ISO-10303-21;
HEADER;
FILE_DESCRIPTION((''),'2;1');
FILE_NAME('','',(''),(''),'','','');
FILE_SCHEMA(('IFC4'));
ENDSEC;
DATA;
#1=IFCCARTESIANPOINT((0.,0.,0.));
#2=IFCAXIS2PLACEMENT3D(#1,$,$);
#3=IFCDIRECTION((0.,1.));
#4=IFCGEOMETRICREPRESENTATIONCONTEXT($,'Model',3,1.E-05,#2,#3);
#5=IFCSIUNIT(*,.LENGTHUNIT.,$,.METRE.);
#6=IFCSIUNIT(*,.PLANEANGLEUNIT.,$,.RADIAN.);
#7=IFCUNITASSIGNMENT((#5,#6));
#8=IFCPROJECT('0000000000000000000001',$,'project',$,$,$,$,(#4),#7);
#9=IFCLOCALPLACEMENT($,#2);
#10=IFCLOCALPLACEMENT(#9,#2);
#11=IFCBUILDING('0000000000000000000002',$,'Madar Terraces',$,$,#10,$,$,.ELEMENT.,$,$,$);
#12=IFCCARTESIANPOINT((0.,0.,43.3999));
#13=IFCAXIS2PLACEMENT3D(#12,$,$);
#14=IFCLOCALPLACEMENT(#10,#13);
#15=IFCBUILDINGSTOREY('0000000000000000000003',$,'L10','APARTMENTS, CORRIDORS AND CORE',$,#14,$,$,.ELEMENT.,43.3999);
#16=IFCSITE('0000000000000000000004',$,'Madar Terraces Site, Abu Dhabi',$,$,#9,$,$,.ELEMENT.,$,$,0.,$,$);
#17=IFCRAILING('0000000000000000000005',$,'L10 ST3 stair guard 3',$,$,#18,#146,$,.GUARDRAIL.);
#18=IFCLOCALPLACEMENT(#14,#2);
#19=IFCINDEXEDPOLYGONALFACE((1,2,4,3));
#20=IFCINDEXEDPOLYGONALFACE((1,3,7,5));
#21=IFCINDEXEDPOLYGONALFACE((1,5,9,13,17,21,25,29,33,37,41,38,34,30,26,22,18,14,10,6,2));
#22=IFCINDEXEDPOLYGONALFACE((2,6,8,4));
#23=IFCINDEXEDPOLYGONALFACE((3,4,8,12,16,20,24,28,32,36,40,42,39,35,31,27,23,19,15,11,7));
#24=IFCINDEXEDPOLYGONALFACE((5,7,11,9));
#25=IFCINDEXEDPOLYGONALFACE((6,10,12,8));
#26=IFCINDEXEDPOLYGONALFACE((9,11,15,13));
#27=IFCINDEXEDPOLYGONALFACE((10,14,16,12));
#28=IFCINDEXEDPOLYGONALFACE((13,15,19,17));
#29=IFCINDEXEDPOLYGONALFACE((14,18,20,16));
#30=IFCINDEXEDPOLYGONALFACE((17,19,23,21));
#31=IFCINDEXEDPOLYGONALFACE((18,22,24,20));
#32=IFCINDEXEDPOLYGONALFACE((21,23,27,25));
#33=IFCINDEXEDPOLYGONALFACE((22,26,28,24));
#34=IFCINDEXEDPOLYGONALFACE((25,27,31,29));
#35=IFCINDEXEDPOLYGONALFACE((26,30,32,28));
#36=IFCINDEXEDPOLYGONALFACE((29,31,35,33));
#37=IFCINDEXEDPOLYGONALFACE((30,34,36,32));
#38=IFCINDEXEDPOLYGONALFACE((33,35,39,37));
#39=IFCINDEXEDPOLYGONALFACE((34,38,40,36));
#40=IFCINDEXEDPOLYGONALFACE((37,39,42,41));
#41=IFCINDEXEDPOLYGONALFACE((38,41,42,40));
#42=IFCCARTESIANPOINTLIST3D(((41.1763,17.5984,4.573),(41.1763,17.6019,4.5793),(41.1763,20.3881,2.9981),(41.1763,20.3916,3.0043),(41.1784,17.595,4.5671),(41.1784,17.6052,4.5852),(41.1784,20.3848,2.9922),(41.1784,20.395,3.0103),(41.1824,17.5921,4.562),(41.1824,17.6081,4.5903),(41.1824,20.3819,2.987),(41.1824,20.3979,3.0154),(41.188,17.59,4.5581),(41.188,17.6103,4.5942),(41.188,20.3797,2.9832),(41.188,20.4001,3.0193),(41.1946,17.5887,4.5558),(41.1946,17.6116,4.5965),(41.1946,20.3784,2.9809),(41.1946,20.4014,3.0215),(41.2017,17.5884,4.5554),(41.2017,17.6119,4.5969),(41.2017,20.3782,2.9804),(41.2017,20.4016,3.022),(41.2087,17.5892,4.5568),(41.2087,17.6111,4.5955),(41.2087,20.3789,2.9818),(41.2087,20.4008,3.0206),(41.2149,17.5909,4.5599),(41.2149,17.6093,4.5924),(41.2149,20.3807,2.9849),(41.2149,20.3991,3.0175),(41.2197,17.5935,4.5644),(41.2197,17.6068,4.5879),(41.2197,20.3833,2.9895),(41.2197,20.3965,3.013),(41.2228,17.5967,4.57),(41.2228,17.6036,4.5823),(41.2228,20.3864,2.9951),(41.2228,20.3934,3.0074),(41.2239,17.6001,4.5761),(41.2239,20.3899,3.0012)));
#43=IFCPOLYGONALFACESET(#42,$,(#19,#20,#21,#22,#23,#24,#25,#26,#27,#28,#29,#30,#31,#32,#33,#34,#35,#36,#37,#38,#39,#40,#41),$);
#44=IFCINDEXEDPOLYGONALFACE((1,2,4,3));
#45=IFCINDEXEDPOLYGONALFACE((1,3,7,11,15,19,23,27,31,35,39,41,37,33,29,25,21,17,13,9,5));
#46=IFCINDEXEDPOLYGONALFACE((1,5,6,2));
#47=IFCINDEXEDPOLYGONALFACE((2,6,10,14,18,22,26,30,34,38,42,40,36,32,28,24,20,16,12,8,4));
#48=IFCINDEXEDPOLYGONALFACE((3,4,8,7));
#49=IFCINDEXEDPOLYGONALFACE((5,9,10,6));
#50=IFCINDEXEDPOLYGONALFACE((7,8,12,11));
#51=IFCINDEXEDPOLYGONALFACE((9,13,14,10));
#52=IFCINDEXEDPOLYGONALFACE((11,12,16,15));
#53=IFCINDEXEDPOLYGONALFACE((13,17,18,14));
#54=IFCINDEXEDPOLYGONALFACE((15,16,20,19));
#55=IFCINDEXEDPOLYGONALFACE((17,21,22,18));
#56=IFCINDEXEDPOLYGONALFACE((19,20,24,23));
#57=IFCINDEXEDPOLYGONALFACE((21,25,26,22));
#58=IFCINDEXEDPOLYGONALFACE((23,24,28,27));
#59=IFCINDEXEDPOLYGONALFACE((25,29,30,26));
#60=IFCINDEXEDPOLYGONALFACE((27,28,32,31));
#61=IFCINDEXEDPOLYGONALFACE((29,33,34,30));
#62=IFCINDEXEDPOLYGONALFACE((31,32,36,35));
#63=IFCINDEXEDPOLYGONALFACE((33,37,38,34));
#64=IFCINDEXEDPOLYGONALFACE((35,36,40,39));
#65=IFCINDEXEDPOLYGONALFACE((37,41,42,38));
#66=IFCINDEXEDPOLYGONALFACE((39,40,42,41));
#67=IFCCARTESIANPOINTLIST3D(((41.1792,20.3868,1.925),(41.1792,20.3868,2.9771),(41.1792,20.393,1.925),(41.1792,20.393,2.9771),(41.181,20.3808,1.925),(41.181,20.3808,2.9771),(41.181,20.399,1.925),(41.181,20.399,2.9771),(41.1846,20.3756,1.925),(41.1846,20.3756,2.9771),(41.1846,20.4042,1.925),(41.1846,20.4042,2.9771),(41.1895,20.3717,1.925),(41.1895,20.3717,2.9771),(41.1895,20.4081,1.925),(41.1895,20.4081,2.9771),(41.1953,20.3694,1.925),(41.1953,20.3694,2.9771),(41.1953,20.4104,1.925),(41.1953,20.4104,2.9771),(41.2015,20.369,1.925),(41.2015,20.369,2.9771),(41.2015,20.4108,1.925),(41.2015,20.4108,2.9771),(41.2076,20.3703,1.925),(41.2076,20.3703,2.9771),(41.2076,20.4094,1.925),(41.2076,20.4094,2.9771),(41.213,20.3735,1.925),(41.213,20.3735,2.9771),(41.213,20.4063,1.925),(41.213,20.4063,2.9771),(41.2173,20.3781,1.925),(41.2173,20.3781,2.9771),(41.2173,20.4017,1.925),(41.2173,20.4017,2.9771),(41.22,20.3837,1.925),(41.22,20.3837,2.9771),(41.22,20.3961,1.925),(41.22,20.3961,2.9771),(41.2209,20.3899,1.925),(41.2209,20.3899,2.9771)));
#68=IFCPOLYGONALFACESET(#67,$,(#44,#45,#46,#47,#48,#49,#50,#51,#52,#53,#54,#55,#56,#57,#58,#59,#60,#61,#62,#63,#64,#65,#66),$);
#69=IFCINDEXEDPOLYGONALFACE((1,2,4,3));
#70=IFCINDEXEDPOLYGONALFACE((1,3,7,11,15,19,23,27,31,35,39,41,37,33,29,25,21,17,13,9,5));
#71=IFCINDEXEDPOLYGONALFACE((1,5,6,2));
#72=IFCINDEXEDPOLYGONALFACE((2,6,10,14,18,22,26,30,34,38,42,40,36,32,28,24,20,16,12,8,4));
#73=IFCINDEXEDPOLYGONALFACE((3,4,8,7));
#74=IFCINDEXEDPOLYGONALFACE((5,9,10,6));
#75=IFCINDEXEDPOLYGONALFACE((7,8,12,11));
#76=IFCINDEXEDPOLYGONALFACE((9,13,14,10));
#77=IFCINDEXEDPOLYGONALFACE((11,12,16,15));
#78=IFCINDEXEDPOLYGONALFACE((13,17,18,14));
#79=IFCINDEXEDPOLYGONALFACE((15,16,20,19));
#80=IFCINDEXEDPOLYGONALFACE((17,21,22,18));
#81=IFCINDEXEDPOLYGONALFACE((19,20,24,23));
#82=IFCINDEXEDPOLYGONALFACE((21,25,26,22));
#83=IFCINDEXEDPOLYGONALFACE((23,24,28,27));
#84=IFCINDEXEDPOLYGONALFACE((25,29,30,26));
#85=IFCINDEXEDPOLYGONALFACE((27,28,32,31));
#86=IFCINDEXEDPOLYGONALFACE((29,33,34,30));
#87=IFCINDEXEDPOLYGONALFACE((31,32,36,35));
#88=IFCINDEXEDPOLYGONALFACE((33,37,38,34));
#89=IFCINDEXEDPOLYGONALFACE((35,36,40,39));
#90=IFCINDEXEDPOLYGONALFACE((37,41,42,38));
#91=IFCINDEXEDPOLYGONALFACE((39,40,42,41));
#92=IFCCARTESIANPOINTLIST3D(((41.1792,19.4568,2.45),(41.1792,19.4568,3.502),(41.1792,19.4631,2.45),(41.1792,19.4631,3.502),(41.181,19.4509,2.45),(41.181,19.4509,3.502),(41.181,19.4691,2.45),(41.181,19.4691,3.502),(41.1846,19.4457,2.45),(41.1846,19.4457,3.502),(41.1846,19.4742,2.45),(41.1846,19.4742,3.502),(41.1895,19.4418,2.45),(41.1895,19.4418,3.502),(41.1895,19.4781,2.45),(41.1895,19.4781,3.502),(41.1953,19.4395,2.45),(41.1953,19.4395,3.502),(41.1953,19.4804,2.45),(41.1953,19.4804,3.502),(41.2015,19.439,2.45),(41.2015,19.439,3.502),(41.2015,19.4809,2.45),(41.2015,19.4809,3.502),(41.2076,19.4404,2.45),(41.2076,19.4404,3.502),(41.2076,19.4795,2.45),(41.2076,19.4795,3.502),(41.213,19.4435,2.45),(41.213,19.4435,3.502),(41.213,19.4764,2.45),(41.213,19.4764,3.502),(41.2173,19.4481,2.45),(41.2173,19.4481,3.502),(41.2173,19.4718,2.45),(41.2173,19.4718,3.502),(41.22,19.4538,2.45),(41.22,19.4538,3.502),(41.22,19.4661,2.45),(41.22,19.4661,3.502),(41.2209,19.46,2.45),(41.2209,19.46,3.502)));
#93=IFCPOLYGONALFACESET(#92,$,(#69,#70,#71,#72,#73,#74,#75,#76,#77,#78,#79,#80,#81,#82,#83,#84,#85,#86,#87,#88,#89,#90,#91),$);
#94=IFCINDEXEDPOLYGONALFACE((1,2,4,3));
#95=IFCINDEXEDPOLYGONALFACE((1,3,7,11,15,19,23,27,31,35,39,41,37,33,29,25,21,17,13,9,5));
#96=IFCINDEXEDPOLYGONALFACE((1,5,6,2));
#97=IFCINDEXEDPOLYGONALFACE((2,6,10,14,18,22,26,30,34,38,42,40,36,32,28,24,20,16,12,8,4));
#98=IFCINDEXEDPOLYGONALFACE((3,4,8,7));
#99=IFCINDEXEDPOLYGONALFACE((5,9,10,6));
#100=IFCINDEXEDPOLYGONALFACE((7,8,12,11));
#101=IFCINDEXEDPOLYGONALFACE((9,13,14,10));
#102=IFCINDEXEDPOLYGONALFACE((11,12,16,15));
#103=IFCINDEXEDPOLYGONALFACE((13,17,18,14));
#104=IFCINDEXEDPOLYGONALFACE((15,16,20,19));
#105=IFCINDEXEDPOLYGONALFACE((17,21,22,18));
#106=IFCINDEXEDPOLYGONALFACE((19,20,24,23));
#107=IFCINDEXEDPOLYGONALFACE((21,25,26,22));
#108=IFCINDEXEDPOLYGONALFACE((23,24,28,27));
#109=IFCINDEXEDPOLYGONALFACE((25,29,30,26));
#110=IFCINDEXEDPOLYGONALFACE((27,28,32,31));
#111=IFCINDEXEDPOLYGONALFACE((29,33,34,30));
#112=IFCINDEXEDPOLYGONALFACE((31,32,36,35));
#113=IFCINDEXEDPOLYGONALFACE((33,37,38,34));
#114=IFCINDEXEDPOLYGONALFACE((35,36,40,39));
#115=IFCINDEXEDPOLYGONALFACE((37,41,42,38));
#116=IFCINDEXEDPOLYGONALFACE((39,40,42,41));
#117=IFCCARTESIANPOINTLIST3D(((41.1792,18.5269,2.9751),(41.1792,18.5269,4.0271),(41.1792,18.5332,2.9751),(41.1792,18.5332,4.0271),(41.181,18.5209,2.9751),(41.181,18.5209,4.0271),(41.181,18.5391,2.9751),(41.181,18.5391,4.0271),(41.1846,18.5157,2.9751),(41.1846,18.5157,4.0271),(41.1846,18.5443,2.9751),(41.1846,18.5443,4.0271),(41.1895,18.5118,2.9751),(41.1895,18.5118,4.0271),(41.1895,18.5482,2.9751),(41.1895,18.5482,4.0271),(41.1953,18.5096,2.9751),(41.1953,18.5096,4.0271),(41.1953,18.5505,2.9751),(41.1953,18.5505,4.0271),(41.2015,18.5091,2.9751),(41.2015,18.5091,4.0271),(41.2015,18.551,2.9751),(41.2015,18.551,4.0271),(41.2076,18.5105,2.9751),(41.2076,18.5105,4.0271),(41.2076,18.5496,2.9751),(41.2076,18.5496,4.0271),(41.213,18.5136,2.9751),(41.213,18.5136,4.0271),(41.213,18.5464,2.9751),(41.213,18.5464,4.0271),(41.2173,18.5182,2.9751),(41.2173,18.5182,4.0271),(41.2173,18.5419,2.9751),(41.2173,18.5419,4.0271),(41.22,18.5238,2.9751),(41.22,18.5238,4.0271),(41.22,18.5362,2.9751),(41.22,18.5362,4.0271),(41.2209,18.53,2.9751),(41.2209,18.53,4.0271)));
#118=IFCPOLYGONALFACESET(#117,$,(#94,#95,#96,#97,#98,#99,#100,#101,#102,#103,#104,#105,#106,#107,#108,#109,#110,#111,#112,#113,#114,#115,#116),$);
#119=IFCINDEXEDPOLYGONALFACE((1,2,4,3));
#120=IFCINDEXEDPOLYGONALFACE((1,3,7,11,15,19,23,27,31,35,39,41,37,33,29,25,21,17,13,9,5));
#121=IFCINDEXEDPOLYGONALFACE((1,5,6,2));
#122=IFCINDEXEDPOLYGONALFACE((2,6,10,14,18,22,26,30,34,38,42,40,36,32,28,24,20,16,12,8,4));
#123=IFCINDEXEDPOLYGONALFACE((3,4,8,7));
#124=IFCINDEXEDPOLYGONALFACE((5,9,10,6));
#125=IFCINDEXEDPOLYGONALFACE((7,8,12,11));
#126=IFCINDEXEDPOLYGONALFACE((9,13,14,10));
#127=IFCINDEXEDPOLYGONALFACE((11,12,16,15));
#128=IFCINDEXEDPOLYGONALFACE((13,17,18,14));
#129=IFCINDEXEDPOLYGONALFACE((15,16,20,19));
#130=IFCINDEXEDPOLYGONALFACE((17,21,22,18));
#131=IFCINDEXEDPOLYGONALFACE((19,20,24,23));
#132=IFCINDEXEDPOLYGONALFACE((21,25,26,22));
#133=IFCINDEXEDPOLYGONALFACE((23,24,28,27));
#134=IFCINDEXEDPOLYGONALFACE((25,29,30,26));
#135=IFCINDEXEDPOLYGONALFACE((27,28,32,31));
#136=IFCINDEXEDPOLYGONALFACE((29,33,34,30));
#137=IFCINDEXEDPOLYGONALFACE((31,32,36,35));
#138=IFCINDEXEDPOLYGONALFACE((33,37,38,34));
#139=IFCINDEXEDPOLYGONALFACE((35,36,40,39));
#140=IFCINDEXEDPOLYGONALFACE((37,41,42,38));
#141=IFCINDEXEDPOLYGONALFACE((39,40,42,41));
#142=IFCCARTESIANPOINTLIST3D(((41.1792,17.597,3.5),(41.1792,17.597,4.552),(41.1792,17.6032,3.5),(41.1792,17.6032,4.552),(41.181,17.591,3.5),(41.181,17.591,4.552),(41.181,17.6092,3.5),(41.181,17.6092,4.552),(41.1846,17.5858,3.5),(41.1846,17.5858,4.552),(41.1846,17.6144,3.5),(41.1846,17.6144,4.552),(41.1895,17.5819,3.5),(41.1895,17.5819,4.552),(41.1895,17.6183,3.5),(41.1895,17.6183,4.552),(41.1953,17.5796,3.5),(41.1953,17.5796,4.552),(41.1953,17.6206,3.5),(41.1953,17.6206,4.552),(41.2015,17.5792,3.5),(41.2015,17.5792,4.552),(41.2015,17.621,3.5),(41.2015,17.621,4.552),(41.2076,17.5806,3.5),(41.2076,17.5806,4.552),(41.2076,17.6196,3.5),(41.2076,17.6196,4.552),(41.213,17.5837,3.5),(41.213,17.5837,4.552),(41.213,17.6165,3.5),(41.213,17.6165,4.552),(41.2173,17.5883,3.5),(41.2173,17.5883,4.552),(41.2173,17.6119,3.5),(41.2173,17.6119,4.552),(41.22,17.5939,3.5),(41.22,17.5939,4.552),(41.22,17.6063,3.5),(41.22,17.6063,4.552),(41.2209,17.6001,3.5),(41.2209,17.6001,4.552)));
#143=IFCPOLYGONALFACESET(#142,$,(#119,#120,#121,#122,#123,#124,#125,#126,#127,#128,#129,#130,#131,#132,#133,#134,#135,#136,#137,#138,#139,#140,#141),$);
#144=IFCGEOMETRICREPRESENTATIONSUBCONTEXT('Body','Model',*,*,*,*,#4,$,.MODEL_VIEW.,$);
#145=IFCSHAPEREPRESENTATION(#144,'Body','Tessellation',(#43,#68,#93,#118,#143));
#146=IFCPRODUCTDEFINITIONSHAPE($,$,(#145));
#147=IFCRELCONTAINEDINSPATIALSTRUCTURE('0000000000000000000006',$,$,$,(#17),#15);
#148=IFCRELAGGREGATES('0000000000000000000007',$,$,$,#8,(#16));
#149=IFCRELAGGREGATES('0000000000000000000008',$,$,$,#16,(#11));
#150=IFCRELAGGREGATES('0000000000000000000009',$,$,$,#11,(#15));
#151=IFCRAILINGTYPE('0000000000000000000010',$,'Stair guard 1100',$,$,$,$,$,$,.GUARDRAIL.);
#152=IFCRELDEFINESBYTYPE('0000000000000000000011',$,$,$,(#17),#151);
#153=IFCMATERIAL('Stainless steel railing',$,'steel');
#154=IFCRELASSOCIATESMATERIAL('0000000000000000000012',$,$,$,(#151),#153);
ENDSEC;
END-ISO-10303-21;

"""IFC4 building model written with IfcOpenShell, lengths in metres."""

from ifc_helpers import new_model, si_unit, direction, frame, origin, origin_2d, place, context, subcontext, project, spatial, circle, extrude, material, type_object, element, save


model = new_model("IFC4")

# Units and contexts
model_context = context("Model", 3, precision=1e-05, world=origin(), true_north=direction((0.0, 1.0)))
body_context = subcontext(model_context, "Body", "Model", "MODEL_VIEW")
ifc_project = project(units=[si_unit("LENGTHUNIT", "METRE"), si_unit("PLANEANGLEUNIT", "RADIAN")], contexts=[model_context])

# Site, building, storey
site_placement = place(None, origin())
site = spatial("IfcSite", under=ifc_project, at=site_placement, Name="Madar Terraces Site, Abu Dhabi", CompositionType="ELEMENT", RefElevation=0.0)
building_placement = place(site_placement, origin())
building = spatial("IfcBuilding", under=site, at=building_placement, Name="Madar Terraces", CompositionType="ELEMENT")
storey_placement = place(building_placement, frame((0.0, 0.0, 43.3999)))
storey = spatial("IfcBuildingStorey", under=building, at=storey_placement, Name="L10", Description="APARTMENTS, CORRIDORS AND CORE", CompositionType="ELEMENT", Elevation=43.3999)

# Railing
ifc_material_1 = material(Name="Stainless steel railing", Category="steel")
railing_type_1 = type_object("IfcRailingType", Name="Stair guard 1100", PredefinedType="GUARDRAIL", material=ifc_material_1)
railing_1_placement = place(storey_placement, frame((41.2, 20.3899, 1.925)))
element("IfcRailing", 1, at=railing_1_placement, inside=storey, type_object=railing_type_1, Name="L10 ST3 stair guard 3", PredefinedType="GUARDRAIL", context=body_context, shape_type="SweptSolid", body=[
    extrude(circle(Radius=0.0239, at=origin_2d()), frame((0.0, 0.0, 1.0762), z_axis=(0.0, -0.870815, 0.49161), x_axis=(1.0, 0.0, 0.0)), (0.0, 0.0, 1.0), 3.2036),
    extrude(circle(Radius=0.021, at=origin_2d()), origin(), (0.0, 0.0, 1.0), 1.052),
    extrude(circle(Radius=0.021, at=origin_2d()), frame((0.0, -0.9299, 0.5249)), (0.0, 0.0, 1.0), 1.052),
    extrude(circle(Radius=0.021, at=origin_2d()), frame((0.0, -1.8599, 1.05)), (0.0, 0.0, 1.0), 1.052),
    extrude(circle(Radius=0.021, at=origin_2d()), frame((0.0, -2.7898, 1.575)), (0.0, 0.0, 1.0), 1.052),
])

save(model, "model.ifc")
